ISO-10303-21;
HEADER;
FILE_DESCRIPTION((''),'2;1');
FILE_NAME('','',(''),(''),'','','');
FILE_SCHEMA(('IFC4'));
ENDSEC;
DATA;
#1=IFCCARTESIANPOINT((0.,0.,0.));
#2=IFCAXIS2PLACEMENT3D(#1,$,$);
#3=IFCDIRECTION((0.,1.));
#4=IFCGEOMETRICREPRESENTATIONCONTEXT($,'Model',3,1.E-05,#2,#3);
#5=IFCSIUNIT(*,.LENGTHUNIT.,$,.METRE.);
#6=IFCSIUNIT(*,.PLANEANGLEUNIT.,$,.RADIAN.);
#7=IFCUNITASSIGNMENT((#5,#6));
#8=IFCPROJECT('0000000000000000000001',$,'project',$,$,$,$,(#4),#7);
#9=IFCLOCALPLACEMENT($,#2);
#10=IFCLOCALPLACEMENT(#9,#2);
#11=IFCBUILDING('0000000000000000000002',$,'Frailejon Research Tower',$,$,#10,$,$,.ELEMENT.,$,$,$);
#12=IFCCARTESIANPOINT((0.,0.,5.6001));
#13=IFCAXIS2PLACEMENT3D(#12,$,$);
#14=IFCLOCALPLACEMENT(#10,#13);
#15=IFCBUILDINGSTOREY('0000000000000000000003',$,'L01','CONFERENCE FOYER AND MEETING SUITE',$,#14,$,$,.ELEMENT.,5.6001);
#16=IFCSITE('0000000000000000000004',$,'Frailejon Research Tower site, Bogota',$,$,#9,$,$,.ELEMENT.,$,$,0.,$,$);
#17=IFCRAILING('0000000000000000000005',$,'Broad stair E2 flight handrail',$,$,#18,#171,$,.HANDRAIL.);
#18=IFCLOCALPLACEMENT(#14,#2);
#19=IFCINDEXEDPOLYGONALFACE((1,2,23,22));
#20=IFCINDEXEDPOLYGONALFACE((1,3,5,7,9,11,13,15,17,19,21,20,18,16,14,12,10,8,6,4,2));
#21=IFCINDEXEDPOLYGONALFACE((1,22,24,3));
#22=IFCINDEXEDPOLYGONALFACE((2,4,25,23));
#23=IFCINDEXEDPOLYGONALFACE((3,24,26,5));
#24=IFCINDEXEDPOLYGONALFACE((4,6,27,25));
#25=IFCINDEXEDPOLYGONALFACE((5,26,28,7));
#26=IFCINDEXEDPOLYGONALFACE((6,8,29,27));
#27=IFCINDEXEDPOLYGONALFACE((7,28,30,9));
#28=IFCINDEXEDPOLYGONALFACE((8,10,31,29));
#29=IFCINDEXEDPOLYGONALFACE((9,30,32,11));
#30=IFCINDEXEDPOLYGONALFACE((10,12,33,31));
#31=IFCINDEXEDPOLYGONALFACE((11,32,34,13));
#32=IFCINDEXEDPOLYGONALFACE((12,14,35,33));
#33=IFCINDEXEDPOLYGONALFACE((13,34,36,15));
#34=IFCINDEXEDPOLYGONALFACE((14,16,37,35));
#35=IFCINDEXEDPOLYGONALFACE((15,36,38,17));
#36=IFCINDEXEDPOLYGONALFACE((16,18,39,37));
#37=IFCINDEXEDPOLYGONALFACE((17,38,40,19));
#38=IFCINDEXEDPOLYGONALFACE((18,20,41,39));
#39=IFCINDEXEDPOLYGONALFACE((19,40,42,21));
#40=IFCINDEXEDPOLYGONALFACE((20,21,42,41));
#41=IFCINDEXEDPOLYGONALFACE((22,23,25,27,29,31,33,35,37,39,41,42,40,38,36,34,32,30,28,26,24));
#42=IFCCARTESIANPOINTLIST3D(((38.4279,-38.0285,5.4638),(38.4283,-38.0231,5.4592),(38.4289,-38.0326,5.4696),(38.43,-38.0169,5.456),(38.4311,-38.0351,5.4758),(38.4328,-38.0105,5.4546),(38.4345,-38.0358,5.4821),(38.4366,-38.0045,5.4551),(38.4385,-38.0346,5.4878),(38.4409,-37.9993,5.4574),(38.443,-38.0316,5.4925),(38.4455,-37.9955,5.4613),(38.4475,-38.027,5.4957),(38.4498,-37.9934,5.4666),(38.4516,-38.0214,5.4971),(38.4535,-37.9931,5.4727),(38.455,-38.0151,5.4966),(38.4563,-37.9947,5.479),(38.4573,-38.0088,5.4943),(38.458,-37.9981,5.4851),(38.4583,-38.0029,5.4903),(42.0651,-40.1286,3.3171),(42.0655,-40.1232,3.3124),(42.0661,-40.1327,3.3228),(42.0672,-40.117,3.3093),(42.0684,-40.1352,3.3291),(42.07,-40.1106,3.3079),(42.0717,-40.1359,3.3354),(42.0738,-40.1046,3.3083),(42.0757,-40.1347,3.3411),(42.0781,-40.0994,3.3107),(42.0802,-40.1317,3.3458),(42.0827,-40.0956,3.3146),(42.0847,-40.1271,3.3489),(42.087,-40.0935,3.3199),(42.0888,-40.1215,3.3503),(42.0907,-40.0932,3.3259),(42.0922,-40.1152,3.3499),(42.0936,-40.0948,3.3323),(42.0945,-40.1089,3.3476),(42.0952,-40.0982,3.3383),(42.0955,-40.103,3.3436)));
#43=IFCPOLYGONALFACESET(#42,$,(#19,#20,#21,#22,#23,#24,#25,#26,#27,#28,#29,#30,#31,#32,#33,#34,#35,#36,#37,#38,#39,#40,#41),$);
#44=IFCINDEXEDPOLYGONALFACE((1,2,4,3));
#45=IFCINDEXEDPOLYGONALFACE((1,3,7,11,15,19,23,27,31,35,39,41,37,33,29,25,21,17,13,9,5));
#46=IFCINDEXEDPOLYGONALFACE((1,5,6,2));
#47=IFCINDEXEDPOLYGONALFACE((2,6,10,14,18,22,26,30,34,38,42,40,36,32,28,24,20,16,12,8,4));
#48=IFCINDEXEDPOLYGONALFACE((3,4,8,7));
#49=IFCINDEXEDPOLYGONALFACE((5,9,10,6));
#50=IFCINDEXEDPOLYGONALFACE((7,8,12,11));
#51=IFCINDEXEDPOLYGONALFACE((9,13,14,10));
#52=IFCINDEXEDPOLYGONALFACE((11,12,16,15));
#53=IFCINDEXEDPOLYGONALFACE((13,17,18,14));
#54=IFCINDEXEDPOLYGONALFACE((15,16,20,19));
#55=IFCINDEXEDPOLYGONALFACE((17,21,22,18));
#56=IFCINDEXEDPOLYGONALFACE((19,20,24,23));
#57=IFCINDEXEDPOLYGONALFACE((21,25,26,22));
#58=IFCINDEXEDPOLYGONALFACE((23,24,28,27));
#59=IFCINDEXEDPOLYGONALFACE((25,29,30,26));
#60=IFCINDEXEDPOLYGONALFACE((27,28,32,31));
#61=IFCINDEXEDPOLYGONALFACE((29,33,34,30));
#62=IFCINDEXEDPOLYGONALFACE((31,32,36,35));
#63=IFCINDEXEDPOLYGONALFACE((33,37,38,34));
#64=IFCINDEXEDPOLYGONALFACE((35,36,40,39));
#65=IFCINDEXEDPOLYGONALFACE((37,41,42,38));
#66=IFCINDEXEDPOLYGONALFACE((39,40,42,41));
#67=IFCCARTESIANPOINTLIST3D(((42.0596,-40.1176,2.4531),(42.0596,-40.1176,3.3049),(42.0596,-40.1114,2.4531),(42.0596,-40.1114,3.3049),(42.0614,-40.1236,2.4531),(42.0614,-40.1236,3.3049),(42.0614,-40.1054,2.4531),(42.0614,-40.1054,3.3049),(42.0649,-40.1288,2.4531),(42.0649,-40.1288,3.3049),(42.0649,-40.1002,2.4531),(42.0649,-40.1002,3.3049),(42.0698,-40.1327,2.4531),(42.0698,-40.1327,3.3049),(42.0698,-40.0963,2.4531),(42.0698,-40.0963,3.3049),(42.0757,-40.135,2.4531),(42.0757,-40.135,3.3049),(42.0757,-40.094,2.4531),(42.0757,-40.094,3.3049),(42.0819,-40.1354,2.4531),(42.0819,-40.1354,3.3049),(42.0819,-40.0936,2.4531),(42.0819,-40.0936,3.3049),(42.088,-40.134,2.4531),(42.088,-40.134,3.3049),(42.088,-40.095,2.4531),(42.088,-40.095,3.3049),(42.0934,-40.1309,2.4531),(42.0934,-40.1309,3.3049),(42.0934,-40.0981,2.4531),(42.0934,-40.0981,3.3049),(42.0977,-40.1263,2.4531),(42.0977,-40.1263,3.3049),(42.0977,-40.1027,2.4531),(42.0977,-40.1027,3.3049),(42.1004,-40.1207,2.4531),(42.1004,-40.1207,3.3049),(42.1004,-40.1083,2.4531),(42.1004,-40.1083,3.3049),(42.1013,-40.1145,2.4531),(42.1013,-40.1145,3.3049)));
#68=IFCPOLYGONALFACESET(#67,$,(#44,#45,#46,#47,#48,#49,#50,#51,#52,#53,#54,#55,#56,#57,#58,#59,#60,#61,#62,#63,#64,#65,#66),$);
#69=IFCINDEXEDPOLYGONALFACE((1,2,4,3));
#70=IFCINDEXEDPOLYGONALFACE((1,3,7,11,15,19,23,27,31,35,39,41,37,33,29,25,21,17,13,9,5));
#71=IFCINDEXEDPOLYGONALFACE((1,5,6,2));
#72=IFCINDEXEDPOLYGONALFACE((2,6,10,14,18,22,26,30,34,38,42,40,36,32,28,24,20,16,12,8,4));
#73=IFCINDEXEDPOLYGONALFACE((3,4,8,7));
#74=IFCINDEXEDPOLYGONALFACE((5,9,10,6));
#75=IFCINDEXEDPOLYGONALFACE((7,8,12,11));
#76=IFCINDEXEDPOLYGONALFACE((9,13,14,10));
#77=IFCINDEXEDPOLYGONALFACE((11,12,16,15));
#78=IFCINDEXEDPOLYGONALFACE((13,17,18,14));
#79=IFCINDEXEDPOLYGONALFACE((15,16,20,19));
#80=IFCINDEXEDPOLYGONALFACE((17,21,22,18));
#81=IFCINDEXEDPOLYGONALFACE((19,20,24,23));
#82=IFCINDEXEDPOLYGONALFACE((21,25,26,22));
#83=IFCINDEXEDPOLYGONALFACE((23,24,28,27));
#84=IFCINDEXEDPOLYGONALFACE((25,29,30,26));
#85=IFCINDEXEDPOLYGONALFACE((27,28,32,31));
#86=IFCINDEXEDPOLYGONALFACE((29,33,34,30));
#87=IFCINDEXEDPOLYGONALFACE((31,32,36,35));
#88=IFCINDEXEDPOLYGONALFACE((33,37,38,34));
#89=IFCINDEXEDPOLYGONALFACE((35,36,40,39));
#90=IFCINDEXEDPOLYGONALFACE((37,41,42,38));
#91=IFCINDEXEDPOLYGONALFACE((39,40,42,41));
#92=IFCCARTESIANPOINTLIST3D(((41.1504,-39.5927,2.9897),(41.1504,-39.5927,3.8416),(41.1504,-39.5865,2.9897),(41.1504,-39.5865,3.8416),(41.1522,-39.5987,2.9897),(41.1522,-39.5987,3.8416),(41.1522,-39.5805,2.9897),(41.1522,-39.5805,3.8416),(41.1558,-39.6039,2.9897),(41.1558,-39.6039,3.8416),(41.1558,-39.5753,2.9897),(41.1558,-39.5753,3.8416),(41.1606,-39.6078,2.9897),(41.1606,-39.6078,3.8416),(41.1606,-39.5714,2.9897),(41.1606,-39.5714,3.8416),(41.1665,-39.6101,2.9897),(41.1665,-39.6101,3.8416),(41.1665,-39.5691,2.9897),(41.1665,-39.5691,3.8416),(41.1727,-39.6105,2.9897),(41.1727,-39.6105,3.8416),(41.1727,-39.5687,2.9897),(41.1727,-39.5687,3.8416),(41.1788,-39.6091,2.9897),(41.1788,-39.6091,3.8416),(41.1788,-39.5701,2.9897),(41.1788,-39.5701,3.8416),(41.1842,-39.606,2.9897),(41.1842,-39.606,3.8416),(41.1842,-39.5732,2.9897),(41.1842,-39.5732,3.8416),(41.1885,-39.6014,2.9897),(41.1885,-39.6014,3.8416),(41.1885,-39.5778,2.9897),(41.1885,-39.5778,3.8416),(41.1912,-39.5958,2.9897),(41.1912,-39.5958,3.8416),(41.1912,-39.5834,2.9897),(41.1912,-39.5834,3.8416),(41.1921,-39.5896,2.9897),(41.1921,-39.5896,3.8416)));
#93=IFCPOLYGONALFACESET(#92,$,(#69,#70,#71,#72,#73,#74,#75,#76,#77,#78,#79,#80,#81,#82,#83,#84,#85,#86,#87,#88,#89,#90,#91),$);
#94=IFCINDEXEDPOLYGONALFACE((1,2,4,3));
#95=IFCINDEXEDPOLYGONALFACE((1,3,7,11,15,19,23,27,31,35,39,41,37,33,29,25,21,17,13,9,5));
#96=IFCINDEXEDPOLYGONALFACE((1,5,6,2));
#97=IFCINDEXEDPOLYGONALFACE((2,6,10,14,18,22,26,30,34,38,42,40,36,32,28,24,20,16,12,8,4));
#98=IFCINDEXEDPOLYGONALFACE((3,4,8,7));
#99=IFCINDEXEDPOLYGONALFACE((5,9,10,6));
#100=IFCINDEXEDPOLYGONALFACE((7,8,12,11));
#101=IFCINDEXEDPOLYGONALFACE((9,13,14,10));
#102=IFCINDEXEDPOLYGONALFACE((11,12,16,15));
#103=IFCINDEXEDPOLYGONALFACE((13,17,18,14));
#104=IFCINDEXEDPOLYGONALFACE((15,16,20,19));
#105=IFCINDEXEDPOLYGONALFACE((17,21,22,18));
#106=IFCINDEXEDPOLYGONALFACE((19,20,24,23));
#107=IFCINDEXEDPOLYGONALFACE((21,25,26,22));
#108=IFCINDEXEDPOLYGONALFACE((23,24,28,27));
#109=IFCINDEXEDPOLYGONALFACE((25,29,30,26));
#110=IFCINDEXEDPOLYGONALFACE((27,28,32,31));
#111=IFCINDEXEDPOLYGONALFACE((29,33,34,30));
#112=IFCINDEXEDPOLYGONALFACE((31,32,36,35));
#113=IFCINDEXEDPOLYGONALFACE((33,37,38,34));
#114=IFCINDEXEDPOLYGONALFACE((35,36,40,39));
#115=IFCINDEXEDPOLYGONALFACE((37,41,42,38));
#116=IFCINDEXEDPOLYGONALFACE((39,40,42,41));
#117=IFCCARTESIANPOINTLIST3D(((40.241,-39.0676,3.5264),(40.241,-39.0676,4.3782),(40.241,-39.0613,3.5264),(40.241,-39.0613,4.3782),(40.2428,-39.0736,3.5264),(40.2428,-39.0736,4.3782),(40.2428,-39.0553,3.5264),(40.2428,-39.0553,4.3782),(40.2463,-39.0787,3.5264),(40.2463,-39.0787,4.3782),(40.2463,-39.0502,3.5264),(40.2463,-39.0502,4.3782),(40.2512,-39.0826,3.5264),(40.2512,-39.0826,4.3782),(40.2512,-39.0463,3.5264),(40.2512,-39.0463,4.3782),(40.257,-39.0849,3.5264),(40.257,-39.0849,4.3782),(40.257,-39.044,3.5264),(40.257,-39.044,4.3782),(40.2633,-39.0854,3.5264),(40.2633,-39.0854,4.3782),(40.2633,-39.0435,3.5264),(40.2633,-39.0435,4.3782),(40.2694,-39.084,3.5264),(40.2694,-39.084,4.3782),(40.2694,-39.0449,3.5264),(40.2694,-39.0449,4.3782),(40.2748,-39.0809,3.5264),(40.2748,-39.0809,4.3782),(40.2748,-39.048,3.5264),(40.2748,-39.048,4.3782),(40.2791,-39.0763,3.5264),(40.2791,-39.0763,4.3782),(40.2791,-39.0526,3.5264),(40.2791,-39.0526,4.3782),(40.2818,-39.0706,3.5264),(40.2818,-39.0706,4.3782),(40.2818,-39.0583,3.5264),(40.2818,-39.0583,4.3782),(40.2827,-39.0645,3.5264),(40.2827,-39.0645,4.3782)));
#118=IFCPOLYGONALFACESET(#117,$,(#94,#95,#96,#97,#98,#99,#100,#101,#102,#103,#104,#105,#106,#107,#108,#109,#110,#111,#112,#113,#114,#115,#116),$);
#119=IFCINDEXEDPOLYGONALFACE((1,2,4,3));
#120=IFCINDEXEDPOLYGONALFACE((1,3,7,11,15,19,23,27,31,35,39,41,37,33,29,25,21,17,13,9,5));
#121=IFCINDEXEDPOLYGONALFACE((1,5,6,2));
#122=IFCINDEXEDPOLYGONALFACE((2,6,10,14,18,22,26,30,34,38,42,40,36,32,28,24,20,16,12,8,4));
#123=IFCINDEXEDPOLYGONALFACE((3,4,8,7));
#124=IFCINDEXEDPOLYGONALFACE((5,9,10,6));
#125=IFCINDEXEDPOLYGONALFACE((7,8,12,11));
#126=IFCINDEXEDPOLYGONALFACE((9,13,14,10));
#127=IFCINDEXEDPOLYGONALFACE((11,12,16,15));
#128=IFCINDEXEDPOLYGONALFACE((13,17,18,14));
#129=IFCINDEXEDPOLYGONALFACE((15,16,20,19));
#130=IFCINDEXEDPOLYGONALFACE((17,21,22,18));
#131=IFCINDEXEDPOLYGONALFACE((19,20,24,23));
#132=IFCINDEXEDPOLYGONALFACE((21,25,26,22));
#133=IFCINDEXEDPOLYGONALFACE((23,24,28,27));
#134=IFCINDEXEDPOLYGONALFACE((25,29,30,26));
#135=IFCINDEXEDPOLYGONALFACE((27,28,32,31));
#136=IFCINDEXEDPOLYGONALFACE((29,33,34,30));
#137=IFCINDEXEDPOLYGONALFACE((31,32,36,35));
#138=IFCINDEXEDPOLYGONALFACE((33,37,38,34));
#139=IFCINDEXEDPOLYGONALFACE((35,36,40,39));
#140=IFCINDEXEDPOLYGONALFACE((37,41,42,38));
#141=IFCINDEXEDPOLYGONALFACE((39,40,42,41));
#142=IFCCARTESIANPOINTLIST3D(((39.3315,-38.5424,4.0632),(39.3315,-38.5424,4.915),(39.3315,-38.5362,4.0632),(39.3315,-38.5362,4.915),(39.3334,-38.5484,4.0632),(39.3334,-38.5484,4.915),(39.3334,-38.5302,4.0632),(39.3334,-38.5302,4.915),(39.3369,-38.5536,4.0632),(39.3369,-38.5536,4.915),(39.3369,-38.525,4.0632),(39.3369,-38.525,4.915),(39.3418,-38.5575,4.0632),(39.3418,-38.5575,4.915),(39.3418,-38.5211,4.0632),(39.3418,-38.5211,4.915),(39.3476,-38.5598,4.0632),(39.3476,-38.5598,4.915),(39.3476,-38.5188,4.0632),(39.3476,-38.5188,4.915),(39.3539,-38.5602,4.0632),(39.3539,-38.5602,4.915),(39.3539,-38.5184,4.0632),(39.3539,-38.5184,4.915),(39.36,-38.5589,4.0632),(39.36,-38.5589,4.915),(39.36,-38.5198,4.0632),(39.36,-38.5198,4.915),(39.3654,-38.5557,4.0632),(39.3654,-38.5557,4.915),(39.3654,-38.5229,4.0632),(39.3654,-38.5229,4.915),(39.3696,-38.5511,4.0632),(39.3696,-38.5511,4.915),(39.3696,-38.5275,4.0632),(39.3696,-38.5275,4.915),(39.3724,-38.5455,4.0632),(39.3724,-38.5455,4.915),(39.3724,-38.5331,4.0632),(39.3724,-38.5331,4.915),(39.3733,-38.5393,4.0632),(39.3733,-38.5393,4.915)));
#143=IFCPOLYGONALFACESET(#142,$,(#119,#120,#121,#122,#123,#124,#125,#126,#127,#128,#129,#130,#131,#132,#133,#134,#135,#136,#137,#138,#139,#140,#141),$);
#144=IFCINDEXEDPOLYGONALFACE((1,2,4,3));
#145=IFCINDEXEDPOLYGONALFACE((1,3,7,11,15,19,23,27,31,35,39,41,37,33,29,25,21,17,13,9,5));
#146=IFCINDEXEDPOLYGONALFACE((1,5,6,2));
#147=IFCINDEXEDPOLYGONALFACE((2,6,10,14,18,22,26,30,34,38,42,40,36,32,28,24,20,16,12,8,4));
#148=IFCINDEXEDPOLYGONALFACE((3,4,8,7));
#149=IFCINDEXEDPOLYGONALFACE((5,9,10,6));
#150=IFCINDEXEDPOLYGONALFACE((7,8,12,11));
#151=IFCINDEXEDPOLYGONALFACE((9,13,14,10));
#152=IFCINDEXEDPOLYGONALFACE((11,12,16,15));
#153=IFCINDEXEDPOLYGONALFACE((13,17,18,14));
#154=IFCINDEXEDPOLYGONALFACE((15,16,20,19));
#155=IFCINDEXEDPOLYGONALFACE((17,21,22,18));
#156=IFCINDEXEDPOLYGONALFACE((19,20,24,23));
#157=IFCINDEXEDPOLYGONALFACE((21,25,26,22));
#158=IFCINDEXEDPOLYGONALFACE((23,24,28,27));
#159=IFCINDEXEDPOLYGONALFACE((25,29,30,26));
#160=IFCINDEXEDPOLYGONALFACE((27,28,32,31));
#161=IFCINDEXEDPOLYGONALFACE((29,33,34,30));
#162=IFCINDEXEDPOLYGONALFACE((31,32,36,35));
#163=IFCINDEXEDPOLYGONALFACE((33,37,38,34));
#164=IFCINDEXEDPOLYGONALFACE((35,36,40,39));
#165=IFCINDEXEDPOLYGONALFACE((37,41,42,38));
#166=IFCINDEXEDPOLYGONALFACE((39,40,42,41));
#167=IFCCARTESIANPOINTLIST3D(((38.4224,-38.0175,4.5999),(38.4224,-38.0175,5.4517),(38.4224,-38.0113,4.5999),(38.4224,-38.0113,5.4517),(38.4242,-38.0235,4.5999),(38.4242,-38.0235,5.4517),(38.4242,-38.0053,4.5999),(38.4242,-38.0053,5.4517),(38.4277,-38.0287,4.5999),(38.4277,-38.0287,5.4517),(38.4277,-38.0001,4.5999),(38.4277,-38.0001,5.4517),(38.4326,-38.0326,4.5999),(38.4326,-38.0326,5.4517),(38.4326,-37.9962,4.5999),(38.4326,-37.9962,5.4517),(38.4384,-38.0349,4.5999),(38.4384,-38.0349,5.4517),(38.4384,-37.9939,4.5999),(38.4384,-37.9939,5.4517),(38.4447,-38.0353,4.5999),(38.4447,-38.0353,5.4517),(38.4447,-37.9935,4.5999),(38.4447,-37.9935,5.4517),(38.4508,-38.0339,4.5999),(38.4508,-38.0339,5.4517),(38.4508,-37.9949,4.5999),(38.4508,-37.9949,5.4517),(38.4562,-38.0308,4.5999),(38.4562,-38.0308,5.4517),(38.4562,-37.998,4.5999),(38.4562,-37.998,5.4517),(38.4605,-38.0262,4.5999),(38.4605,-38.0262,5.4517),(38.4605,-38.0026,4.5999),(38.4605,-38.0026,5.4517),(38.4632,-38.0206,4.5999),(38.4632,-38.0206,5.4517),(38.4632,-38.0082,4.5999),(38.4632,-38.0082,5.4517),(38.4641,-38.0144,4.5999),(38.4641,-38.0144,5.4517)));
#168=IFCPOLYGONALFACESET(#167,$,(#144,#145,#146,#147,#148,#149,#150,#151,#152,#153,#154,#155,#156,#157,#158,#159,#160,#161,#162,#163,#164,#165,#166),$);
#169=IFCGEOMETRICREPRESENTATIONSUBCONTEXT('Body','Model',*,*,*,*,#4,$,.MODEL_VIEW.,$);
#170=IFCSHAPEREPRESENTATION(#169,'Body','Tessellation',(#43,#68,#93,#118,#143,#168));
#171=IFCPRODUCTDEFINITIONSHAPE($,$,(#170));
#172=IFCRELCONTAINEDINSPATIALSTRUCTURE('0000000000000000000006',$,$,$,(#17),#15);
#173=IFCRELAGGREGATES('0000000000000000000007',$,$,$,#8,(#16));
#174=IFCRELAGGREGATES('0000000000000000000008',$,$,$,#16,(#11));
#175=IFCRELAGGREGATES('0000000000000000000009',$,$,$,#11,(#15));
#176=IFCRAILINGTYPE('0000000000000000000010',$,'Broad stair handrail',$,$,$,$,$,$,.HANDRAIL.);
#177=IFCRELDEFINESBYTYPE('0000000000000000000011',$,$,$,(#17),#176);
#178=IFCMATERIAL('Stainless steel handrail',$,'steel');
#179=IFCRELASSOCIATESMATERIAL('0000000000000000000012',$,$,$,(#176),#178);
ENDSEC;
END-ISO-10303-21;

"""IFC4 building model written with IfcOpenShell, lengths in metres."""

from ifc_helpers import new_model, si_unit, direction, frame, origin, origin_2d, place, context, subcontext, project, spatial, circle, extrude, material, type_object, element, save


model = new_model("IFC4")

# Units and contexts
model_context = context("Model", 3, precision=1e-05, world=origin(), true_north=direction((0.0, 1.0)))
body_context = subcontext(model_context, "Body", "Model", "MODEL_VIEW")
ifc_project = project(units=[si_unit("LENGTHUNIT", "METRE"), si_unit("PLANEANGLEUNIT", "RADIAN")], contexts=[model_context])

# Site, building, storey
site_placement = place(None, origin())
site = spatial("IfcSite", under=ifc_project, at=site_placement, Name="Frailejon Research Tower site, Bogota", CompositionType="ELEMENT", RefElevation=0.0)
building_placement = place(site_placement, origin())
building = spatial("IfcBuilding", under=site, at=building_placement, Name="Frailejon Research Tower", CompositionType="ELEMENT")
storey_placement = place(building_placement, frame((0.0, 0.0, 5.6001)))
storey = spatial("IfcBuildingStorey", under=building, at=storey_placement, Name="L01", Description="CONFERENCE FOYER AND MEETING SUITE", CompositionType="ELEMENT", Elevation=5.6001)

# Railing
ifc_material_1 = material(Name="Stainless steel handrail", Category="steel")
railing_type_1 = type_object("IfcRailingType", Name="Broad stair handrail", PredefinedType="HANDRAIL", material=ifc_material_1)
for number, where, name in (
    (1, (42.0803, -40.1145, 2.4531), "Broad stair E2 flight handrail"),
):
    element("IfcRailing", number, at=place(storey_placement, frame(where)), inside=storey, type_object=railing_type_1, Name=name, PredefinedType="HANDRAIL", context=body_context, shape_type="SweptSolid", body=[
        extrude(circle(Radius=0.0239, at=origin_2d()), frame((0.0, 0.0, 0.876), z_axis=(-0.771119, 0.445239, 0.455125), x_axis=(-0.500028, -0.866009, 0.0)), (0.0, 0.0, 1.0), 4.7168),
        extrude(circle(Radius=0.021, at=origin_2d()), origin(), (0.0, 0.0, 1.0), 0.8518),
        extrude(circle(Radius=0.021, at=origin_2d()), frame((-0.9092, 0.5249, 0.5366)), (0.0, 0.0, 1.0), 0.8518),
        extrude(circle(Radius=0.021, at=origin_2d()), frame((-1.8186, 1.05, 1.0732)), (0.0, 0.0, 1.0), 0.8518),
        extrude(circle(Radius=0.021, at=origin_2d()), frame((-2.728, 1.5752, 1.6101)), (0.0, 0.0, 1.0), 0.8518),
        extrude(circle(Radius=0.021, at=origin_2d()), frame((-3.6372, 2.1001, 2.1467)), (0.0, 0.0, 1.0), 0.8518),
    ])

save(model, "model.ifc")
